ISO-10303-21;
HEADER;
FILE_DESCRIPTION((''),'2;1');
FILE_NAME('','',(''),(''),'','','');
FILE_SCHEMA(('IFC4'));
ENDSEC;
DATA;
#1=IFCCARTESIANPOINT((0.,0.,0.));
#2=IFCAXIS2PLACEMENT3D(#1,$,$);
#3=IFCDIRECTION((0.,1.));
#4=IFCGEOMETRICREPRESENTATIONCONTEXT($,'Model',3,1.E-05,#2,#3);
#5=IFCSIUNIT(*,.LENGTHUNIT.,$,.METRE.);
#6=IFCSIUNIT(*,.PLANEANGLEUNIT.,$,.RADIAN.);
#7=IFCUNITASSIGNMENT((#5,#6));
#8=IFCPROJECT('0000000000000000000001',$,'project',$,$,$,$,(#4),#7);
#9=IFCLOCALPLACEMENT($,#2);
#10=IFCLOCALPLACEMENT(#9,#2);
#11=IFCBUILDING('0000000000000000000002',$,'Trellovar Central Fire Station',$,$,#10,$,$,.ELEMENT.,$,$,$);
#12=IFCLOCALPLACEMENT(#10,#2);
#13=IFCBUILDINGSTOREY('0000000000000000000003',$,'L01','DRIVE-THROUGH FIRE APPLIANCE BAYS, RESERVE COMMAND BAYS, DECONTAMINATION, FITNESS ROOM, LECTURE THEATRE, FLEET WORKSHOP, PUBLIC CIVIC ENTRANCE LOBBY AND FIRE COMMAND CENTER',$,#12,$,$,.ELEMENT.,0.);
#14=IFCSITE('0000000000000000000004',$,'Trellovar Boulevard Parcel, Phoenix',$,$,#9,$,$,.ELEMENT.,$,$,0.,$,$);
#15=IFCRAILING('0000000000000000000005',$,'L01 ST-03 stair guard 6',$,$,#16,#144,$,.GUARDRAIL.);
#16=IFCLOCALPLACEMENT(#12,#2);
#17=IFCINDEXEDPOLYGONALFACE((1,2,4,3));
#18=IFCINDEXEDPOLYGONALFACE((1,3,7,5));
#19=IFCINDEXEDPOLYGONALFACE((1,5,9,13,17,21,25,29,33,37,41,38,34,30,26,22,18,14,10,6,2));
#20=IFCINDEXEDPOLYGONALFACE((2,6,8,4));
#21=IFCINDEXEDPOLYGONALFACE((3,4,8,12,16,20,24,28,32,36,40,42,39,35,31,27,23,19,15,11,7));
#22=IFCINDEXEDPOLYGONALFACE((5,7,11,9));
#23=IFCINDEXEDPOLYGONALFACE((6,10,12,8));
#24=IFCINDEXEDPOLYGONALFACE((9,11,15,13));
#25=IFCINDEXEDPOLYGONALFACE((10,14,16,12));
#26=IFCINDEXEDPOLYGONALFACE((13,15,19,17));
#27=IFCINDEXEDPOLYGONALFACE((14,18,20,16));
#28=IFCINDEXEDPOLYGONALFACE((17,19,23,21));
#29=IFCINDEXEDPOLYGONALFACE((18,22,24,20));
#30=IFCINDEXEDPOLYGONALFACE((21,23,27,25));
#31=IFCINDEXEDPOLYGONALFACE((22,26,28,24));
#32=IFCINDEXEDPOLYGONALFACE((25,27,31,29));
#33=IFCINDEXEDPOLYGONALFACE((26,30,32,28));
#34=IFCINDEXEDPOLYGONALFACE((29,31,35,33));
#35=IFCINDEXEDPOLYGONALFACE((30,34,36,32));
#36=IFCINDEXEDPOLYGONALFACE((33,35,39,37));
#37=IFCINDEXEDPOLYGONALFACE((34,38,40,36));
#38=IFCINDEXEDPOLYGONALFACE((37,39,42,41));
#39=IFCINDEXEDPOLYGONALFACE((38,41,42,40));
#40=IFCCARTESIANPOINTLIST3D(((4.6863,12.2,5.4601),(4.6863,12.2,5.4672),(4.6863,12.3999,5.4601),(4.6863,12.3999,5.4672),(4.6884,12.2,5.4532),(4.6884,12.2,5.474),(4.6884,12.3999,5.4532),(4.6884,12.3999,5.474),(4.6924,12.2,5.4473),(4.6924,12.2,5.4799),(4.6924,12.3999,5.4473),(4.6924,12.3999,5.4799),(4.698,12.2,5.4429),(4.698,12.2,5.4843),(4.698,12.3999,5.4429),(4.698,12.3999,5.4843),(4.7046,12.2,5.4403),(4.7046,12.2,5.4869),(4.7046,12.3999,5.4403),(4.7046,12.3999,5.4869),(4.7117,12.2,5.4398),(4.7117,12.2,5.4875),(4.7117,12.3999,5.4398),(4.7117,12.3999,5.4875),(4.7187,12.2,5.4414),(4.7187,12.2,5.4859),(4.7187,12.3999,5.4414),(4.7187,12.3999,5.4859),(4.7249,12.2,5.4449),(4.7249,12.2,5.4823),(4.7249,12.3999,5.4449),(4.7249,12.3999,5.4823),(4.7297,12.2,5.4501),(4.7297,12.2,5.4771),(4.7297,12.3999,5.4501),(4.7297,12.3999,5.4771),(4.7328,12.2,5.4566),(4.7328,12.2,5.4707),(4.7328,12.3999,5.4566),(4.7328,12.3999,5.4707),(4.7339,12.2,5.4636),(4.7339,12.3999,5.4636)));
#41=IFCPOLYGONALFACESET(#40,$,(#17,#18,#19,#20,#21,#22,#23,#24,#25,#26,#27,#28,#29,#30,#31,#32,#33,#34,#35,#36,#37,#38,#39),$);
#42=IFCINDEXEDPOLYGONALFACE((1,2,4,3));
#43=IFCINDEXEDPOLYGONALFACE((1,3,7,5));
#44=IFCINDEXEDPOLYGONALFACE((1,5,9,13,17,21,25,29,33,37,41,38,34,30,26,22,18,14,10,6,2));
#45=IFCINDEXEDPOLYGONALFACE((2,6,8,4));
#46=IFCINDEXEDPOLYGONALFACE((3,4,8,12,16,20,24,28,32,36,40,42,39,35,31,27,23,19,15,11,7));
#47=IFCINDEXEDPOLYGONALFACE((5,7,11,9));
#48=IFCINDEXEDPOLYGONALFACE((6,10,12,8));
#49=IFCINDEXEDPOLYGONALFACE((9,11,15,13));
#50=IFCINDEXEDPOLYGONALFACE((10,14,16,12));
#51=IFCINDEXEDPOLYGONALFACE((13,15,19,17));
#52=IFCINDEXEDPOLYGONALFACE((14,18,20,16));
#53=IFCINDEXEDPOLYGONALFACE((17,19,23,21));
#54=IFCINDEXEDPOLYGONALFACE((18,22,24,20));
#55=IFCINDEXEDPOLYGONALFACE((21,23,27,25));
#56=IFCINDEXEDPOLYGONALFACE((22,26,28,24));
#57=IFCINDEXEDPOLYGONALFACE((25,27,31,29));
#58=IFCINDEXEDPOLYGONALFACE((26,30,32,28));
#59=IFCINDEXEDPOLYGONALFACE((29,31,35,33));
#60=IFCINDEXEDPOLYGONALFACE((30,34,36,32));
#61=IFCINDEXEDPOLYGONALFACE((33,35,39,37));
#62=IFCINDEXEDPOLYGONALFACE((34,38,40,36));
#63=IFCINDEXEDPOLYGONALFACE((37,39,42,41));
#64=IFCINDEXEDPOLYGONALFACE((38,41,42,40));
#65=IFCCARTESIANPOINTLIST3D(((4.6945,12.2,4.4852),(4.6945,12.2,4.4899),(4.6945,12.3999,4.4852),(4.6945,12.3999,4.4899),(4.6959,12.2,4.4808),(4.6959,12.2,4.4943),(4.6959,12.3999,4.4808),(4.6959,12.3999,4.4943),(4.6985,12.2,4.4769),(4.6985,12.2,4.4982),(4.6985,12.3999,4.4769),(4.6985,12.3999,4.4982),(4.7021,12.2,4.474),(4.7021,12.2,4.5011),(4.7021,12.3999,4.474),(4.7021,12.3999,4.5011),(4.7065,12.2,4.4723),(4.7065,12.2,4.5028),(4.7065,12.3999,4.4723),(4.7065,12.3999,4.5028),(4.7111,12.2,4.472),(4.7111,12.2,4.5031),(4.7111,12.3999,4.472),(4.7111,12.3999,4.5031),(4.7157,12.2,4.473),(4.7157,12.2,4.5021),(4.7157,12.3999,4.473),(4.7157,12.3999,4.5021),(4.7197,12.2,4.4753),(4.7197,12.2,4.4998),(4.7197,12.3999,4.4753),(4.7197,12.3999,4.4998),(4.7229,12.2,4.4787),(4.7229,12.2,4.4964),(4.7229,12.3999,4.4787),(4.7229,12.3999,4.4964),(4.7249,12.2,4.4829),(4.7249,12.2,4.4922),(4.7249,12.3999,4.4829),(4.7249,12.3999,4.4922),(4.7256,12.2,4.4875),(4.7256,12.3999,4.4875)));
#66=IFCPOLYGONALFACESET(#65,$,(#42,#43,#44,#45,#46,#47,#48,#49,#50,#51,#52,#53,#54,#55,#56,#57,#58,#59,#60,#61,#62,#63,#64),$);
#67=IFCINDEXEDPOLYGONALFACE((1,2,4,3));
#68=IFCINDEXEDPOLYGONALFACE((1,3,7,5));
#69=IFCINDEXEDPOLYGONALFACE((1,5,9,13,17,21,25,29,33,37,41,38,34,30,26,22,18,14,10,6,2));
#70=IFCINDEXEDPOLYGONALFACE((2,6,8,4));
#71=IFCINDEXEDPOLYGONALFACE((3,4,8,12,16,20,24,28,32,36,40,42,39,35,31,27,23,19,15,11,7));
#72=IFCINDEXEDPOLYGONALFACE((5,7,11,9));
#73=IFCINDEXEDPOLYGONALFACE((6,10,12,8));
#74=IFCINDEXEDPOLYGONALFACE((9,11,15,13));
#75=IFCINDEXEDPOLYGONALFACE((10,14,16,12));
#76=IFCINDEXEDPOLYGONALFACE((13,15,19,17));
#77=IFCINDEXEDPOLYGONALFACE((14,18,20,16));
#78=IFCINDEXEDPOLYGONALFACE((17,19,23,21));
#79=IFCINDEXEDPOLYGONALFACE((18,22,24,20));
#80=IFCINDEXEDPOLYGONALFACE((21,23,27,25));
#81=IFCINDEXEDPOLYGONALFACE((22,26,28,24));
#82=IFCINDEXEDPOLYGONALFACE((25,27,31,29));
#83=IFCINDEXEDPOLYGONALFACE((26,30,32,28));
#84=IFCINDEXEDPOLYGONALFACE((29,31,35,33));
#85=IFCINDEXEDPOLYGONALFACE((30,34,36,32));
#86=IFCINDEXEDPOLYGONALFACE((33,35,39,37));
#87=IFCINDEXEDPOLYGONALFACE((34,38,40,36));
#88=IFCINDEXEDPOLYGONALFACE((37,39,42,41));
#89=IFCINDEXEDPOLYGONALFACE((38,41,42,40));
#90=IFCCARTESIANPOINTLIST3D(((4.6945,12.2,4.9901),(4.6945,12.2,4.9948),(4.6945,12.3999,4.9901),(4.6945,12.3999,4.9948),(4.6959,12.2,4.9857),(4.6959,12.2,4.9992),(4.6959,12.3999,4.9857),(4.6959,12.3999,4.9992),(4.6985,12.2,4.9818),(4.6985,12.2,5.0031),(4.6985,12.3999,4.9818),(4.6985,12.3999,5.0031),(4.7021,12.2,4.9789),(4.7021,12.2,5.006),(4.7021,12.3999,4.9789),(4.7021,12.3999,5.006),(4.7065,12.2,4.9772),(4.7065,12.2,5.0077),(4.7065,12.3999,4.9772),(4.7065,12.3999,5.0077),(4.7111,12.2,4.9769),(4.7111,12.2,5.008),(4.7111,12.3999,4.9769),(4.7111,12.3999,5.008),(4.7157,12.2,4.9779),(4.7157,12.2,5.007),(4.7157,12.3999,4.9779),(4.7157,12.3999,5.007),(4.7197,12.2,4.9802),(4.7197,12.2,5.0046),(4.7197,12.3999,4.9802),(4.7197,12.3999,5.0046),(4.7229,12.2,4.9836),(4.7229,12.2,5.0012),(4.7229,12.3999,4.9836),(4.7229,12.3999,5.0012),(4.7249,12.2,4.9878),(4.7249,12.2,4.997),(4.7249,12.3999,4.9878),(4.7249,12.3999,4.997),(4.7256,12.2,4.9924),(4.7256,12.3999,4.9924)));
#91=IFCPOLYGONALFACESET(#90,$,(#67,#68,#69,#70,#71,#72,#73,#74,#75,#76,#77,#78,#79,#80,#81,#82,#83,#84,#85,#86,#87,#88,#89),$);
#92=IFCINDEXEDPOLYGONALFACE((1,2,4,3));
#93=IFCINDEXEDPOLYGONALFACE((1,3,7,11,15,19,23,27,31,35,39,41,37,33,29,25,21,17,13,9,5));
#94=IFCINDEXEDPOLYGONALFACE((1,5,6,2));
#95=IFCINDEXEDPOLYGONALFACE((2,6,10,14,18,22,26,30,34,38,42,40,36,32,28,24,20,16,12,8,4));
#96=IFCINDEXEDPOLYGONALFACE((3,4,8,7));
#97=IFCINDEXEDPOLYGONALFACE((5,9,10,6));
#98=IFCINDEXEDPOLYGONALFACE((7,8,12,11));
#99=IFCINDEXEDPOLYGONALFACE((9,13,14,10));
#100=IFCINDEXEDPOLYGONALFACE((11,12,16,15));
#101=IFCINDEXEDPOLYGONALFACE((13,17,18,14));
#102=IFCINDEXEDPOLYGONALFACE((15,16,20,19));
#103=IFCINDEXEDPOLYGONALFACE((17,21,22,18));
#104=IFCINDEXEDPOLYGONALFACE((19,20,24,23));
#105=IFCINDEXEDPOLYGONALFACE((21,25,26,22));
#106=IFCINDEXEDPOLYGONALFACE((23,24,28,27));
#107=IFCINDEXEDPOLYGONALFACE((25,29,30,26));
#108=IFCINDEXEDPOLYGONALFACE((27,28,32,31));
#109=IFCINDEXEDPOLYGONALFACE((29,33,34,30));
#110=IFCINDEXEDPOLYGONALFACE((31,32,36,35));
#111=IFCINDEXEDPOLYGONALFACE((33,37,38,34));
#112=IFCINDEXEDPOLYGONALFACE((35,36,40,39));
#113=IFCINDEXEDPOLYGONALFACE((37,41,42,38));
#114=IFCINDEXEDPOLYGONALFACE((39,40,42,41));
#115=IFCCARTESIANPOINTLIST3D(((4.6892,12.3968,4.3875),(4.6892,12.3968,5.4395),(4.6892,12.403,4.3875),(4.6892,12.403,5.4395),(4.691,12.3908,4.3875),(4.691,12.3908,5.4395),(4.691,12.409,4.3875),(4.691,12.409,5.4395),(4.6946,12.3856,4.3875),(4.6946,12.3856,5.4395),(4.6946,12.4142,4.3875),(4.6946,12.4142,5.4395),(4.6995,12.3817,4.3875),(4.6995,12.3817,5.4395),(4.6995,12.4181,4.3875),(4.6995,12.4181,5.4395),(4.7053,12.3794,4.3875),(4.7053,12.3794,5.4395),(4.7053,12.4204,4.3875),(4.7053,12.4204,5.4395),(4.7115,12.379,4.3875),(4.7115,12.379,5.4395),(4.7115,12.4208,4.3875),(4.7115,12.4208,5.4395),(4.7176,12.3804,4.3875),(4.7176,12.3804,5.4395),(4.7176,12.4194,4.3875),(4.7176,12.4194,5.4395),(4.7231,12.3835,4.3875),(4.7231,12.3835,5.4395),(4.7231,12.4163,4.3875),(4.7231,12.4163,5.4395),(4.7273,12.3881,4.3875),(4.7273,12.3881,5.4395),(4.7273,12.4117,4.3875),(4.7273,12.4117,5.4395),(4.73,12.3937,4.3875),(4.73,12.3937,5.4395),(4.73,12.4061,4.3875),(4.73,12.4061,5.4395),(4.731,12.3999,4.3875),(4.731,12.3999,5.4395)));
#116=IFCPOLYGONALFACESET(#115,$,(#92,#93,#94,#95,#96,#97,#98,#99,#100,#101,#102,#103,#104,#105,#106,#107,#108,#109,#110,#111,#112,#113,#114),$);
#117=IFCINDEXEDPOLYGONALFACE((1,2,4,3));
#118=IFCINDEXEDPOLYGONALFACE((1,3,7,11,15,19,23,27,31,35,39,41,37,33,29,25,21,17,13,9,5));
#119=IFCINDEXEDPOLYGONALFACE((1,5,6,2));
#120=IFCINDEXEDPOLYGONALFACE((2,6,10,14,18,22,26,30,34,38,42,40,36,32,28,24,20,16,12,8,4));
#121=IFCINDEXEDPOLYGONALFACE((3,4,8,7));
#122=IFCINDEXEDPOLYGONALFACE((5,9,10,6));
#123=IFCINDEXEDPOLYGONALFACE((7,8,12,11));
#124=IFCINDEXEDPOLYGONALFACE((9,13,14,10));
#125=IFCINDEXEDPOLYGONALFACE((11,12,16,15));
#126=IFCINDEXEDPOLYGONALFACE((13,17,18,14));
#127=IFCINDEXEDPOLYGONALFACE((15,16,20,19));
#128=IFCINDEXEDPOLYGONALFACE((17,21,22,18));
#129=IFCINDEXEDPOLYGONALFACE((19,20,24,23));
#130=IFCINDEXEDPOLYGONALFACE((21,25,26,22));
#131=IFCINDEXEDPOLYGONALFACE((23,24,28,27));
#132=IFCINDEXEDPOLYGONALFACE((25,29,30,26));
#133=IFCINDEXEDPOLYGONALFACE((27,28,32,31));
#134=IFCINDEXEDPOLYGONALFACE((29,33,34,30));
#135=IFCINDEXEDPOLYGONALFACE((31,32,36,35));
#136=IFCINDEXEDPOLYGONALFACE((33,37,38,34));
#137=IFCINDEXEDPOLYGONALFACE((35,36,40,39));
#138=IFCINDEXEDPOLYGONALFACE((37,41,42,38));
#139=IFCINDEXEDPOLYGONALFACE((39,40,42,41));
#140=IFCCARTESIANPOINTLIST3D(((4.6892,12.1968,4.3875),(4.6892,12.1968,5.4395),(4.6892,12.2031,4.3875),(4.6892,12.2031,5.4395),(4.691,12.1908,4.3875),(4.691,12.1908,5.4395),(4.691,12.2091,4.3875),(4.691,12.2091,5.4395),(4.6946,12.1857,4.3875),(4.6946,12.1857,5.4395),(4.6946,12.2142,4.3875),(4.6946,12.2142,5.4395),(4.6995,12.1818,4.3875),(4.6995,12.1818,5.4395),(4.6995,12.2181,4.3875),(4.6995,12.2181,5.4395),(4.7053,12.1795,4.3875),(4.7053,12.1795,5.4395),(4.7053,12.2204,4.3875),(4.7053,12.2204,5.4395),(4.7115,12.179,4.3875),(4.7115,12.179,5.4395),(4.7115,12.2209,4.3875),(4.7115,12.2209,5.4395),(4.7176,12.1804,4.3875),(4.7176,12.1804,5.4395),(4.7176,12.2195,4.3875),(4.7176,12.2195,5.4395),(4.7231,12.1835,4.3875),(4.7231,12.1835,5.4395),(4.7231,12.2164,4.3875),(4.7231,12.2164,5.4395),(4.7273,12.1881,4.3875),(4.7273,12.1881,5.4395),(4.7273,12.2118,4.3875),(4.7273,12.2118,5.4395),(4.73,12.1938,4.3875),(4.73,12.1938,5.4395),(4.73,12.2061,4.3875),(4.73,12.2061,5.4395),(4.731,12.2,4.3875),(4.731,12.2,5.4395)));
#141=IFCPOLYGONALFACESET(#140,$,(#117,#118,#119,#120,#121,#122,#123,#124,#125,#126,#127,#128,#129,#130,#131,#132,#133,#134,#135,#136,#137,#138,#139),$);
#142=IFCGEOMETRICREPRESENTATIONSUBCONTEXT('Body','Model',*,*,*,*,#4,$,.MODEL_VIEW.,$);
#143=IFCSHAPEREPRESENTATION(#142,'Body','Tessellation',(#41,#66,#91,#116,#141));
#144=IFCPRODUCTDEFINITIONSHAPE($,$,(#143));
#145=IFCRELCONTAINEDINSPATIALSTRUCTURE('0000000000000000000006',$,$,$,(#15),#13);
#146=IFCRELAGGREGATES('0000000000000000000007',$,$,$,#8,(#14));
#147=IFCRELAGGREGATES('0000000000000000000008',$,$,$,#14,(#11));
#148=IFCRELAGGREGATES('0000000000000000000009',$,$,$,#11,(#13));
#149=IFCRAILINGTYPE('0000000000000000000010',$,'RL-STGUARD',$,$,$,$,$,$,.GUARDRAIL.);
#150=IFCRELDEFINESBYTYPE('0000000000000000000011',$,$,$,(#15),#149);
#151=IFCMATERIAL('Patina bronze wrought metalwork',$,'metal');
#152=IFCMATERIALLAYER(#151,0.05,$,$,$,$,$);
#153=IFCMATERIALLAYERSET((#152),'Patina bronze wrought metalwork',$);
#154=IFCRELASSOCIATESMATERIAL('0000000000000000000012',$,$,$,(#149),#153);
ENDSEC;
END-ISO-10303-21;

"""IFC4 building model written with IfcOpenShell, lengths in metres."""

from ifc_helpers import new_model, si_unit, direction, frame, origin, origin_2d, place, context, subcontext, project, spatial, circle, extrude, material, layer, layer_set, type_object, element, save


model = new_model("IFC4")

# Units and contexts
model_context = context("Model", 3, precision=1e-05, world=origin(), true_north=direction((0.0, 1.0)))
body_context = subcontext(model_context, "Body", "Model", "MODEL_VIEW")
ifc_project = project(units=[si_unit("LENGTHUNIT", "METRE"), si_unit("PLANEANGLEUNIT", "RADIAN")], contexts=[model_context])

# Site, building, storey
site_placement = place(None, origin())
site = spatial("IfcSite", under=ifc_project, at=site_placement, Name="Trellovar Boulevard Parcel, Phoenix", CompositionType="ELEMENT", RefElevation=0.0)
building_placement = place(site_placement, origin())
building = spatial("IfcBuilding", under=site, at=building_placement, Name="Trellovar Central Fire Station", CompositionType="ELEMENT")
storey_placement = place(building_placement, origin())
storey = spatial("IfcBuildingStorey", under=building, at=storey_placement, Name="L01", Description="DRIVE-THROUGH FIRE APPLIANCE BAYS, RESERVE COMMAND BAYS, DECONTAMINATION, FITNESS ROOM, LECTURE THEATRE, FLEET WORKSHOP, PUBLIC CIVIC ENTRANCE LOBBY AND FIRE COMMAND CENTER", CompositionType="ELEMENT", Elevation=0.0)

# Railing
ifc_material_1 = material(Name="Patina bronze wrought metalwork", Category="metal")
ifc_layer_1 = layer(ifc_material_1, 0.05)
ifc_layer_set_1 = layer_set([ifc_layer_1], Name="Patina bronze wrought metalwork")
railing_type_1 = type_object("IfcRailingType", Name="RL-STGUARD", PredefinedType="GUARDRAIL", material=ifc_layer_set_1)
railing_1_placement = place(storey_placement, frame((4.71, 12.3999, 4.3875)))
element("IfcRailing", 1, at=railing_1_placement, inside=storey, type_object=railing_type_1, Name="L01 ST-03 stair guard 6", PredefinedType="GUARDRAIL", context=body_context, shape_type="SweptSolid", body=[
    extrude(circle(Radius=0.0239, at=origin_2d()), frame((0.0, 0.0, 1.0762), z_axis=(0.0, -1.0, 0.0), x_axis=(1.0, 0.0, 0.0)), (0.0, 0.0, 1.0), 0.2),
    extrude(circle(Radius=0.0156, at=origin_2d()), frame((0.0, 0.0, 0.1001), z_axis=(0.0, -1.0, 0.0), x_axis=(1.0, 0.0, 0.0)), (0.0, 0.0, 1.0), 0.2),
    extrude(circle(Radius=0.0156, at=origin_2d()), frame((0.0, 0.0, 0.605), z_axis=(0.0, -1.0, 0.0), x_axis=(1.0, 0.0, 0.0)), (0.0, 0.0, 1.0), 0.2),
    extrude(circle(Radius=0.021, at=origin_2d()), origin(), (0.0, 0.0, 1.0), 1.052),
    extrude(circle(Radius=0.021, at=origin_2d()), frame((0.0, -0.2, 0.0)), (0.0, 0.0, 1.0), 1.052),
])

save(model, "model.ifc")
